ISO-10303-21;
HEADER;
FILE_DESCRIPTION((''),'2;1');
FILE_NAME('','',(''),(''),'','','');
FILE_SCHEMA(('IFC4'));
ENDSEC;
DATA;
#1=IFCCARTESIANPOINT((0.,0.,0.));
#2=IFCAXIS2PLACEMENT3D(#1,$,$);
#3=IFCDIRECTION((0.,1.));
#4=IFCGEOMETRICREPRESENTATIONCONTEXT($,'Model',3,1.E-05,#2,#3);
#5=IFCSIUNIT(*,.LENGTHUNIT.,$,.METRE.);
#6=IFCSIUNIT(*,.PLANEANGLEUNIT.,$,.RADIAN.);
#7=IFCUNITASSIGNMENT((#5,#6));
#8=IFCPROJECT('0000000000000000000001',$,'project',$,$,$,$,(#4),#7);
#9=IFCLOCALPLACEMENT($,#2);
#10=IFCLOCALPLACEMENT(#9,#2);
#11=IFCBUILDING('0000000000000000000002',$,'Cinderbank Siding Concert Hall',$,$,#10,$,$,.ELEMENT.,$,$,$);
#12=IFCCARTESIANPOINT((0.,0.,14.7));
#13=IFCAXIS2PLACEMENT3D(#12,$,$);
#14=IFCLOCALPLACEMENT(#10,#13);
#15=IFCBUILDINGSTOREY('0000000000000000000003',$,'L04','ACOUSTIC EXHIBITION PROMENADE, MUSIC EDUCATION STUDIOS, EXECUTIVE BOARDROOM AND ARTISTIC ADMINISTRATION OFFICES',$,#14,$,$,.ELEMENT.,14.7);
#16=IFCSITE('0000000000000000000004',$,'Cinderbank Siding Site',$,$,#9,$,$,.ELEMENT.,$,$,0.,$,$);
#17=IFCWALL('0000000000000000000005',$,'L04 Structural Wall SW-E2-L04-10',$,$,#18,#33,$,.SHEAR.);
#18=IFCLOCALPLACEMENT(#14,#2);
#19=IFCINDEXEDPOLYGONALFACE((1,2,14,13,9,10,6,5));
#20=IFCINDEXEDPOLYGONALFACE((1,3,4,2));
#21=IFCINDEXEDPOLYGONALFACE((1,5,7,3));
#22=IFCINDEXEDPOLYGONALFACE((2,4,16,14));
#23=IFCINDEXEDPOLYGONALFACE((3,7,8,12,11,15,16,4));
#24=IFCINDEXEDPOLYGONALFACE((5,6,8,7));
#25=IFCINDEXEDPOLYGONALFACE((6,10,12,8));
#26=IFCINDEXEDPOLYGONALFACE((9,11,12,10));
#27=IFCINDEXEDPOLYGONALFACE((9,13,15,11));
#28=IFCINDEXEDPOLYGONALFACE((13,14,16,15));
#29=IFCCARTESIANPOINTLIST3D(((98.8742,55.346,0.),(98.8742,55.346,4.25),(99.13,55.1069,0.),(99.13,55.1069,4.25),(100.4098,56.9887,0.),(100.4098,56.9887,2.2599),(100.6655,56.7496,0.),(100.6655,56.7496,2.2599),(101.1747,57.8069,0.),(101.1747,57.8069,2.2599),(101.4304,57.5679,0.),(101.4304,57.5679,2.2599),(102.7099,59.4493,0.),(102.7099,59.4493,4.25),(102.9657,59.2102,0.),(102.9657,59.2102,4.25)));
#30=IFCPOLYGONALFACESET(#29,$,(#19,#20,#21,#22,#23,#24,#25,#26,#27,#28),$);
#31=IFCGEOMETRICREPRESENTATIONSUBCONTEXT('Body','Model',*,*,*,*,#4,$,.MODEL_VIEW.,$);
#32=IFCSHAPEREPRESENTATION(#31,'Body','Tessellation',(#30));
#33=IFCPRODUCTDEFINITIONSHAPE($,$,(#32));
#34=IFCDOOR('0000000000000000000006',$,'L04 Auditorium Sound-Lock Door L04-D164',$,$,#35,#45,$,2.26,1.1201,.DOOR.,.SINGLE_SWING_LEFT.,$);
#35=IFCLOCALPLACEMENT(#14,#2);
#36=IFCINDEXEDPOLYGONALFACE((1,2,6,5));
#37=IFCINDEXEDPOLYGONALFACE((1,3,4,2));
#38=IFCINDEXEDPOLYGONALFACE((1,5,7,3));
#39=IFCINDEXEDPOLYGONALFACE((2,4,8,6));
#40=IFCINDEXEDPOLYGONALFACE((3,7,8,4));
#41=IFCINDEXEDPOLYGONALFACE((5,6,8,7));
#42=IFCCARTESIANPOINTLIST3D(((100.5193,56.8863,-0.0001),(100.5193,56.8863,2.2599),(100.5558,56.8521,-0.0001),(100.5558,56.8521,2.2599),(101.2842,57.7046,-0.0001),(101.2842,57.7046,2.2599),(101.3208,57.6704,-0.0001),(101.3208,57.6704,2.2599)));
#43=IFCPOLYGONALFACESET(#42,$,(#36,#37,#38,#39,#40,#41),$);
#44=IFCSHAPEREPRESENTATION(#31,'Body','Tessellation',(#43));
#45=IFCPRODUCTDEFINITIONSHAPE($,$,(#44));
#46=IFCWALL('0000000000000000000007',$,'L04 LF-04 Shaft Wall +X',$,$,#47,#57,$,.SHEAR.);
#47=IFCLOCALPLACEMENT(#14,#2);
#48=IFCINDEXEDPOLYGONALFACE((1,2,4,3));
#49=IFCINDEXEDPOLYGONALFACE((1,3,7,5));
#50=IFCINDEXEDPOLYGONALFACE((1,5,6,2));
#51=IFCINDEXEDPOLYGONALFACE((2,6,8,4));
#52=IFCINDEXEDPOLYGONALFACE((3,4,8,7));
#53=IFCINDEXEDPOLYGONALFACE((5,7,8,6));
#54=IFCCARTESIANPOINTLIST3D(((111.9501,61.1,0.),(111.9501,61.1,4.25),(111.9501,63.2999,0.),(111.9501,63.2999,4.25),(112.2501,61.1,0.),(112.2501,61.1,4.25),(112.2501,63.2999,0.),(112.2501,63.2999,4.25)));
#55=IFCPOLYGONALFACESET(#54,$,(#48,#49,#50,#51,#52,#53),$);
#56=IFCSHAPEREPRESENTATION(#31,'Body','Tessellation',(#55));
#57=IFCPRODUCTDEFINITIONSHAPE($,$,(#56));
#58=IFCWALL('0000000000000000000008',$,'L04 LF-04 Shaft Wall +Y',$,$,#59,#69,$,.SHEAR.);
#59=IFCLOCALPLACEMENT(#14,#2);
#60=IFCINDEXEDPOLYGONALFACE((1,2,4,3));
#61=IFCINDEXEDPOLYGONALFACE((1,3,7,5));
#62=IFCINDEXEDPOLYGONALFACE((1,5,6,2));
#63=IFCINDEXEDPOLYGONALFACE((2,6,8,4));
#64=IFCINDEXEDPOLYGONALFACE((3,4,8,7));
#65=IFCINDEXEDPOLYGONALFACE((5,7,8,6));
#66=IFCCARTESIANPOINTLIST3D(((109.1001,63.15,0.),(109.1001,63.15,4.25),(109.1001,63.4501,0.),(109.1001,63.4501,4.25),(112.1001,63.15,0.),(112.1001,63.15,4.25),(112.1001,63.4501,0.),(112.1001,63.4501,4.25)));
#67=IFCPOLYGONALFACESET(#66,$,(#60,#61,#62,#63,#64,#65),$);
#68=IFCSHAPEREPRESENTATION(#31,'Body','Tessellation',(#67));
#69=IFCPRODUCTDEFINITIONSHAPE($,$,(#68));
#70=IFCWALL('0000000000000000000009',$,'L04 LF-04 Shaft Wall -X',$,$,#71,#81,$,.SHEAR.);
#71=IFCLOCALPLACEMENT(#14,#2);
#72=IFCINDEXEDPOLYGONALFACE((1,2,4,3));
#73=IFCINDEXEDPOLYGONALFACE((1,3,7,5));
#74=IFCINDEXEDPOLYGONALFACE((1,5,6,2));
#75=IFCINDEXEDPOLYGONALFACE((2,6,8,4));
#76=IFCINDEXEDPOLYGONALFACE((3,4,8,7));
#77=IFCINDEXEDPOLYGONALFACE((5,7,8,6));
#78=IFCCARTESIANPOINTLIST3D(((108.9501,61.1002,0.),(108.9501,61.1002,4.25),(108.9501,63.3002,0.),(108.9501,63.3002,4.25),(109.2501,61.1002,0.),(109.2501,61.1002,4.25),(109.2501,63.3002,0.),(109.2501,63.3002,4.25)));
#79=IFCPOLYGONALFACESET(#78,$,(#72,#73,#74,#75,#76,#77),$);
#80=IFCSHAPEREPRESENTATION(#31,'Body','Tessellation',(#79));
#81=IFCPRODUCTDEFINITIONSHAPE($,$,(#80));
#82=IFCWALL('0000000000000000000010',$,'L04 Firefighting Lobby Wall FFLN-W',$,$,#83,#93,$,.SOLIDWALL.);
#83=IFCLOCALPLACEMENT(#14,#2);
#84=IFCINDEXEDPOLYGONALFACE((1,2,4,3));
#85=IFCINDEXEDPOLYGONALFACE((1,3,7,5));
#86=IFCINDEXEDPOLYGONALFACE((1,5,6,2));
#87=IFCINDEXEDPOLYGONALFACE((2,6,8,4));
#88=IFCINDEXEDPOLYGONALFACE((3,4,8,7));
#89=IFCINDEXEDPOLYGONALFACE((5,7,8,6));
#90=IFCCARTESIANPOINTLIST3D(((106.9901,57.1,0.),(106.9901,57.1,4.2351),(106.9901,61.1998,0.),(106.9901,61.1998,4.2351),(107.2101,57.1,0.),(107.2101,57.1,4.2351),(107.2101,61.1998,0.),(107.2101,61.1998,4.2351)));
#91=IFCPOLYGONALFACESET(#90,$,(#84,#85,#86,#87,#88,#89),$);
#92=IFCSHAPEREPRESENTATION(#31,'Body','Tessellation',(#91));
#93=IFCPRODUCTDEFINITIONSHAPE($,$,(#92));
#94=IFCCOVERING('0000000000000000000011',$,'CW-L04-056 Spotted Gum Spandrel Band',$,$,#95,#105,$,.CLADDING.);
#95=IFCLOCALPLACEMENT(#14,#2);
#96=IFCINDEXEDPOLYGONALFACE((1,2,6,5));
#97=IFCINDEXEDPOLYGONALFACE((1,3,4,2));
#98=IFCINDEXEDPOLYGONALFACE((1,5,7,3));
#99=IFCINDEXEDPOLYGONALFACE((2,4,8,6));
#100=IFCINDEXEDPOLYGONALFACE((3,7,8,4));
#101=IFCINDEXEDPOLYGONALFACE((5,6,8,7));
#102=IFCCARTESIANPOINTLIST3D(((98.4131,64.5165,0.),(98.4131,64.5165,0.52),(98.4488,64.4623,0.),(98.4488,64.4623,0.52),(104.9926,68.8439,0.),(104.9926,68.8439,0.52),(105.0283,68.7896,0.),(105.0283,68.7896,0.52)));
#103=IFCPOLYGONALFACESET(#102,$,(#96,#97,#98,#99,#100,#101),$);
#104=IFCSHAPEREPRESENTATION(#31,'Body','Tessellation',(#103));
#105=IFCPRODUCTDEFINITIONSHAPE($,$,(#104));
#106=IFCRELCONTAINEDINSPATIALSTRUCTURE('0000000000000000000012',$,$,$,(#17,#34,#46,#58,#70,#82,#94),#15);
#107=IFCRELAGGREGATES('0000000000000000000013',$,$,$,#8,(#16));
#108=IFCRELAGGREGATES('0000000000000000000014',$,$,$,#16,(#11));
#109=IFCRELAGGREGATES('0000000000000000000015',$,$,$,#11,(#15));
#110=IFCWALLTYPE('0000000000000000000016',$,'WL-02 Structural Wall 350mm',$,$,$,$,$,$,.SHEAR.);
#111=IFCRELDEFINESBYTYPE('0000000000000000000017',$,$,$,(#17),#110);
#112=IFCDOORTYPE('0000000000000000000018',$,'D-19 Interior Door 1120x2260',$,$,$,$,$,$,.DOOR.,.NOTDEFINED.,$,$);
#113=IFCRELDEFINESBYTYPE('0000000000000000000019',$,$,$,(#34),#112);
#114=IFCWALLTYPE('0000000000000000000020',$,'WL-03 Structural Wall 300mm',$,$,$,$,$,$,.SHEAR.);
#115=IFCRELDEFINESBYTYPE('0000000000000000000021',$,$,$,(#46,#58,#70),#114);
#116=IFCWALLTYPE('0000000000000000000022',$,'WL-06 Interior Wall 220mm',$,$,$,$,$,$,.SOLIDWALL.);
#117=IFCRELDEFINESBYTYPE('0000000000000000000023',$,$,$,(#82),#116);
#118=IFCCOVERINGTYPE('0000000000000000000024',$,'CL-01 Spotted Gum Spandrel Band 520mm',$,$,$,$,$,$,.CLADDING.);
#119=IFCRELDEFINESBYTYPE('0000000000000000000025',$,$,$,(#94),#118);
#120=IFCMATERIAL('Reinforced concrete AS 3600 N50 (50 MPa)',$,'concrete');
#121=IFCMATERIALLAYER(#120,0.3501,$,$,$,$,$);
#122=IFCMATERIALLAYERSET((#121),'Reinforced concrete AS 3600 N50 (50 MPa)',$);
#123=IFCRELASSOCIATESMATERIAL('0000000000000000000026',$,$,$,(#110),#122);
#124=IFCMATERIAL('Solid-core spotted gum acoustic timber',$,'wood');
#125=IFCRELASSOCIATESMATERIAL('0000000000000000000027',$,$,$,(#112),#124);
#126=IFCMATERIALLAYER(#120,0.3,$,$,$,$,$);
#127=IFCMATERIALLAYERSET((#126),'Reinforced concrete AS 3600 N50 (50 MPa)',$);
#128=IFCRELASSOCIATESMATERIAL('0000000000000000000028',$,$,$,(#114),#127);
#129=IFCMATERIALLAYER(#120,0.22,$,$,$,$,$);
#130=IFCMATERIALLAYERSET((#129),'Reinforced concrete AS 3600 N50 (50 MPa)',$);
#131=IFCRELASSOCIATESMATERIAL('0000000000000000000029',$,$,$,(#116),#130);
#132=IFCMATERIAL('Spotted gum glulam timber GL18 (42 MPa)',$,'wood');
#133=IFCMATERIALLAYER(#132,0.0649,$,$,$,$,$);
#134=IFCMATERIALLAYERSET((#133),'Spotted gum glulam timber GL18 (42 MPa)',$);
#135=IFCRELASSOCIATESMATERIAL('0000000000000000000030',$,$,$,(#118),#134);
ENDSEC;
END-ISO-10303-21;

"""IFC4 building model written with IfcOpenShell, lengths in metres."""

from ifc_helpers import new_model, si_unit, direction, frame, frame_2d, origin, origin_2d, place, context, subcontext, project, spatial, rectangle, extrude, material, layer, layer_set, type_object, element, fill, save


model = new_model("IFC4")

# Units and contexts
model_context = context("Model", 3, precision=1e-05, world=origin(), true_north=direction((0.0, 1.0)))
body_context = subcontext(model_context, "Body", "Model", "MODEL_VIEW")
ifc_project = project(units=[si_unit("LENGTHUNIT", "METRE"), si_unit("PLANEANGLEUNIT", "RADIAN")], contexts=[model_context])

# Site, building, storey
site_placement = place(None, origin())
site = spatial("IfcSite", under=ifc_project, at=site_placement, Name="Cinderbank Siding Site", CompositionType="ELEMENT", RefElevation=0.0)
building_placement = place(site_placement, origin())
building = spatial("IfcBuilding", under=site, at=building_placement, Name="Cinderbank Siding Concert Hall", CompositionType="ELEMENT")
storey_placement = place(building_placement, frame((0.0, 0.0, 14.7)))
storey = spatial("IfcBuildingStorey", under=building, at=storey_placement, Name="L04", Description="ACOUSTIC EXHIBITION PROMENADE, MUSIC EDUCATION STUDIOS, EXECUTIVE BOARDROOM AND ARTISTIC ADMINISTRATION OFFICES", CompositionType="ELEMENT", Elevation=14.7)

# Shared definitions
ifc_material_1 = material(Name="Reinforced concrete AS 3600 N50 (50 MPa)", Category="concrete")

# Wall, opening, door
ifc_material_2 = material(Name="Solid-core spotted gum acoustic timber", Category="wood")
ifc_layer_1 = layer(ifc_material_1, 0.3501)
ifc_layer_set_1 = layer_set([ifc_layer_1], Name="Reinforced concrete AS 3600 N50 (50 MPa)")
wall_type_1 = type_object("IfcWallType", Name="WL-02 Structural Wall 350mm", PredefinedType="SHEAR", material=ifc_layer_set_1)
door_type_1 = type_object("IfcDoorType", Name="D-19 Interior Door 1120x2260", OperationType="NOTDEFINED", PredefinedType="DOOR", material=ifc_material_2)
wall_1_placement = place(storey_placement, frame((102.8379, 59.3298, 0.0), z_axis=(0.0, 0.0, 1.0), x_axis=(-0.682886, -0.730525, 0.0)))
wall_1 = element("IfcWall", 1, at=wall_1_placement, inside=storey, type_object=wall_type_1, Name="L04 Structural Wall SW-E2-L04-10", PredefinedType="SHEAR", context=body_context, shape_type="SweptSolid", body=[
    extrude(rectangle(XDim=5.6169, YDim=0.3501, at=frame_2d((2.8086, 0.0))), origin(), (0.0, 0.0, 1.0), 4.25),
])
opening_1_placement = place(wall_1_placement, frame((2.2483, 0.0, 0.0)))
opening_1 = element("IfcOpeningElement", 2, at=opening_1_placement, cuts=wall_1, PredefinedType="OPENING", context=body_context, shape_type="SweptSolid", body=[
    extrude(rectangle(XDim=1.1201, YDim=2.26, at=frame_2d((0.5601, 1.1299))), frame((0.0, 0.187, 0.0), z_axis=(0.0, -1.0, 0.0), x_axis=(1.0, 0.0, 0.0)), (0.0, 0.0, 1.0), 0.374),
])
door_1_placement = place(opening_1_placement, origin())
door_1 = element("IfcDoor", 3, at=door_1_placement, inside=storey, type_object=door_type_1, Name="L04 Auditorium Sound-Lock Door L04-D164", OperationType="SINGLE_SWING_LEFT", OverallHeight=2.26, OverallWidth=1.1201, PredefinedType="DOOR", context=body_context, shape_type="SweptSolid", body=[
    extrude(rectangle(XDim=1.1201, YDim=2.26, at=frame_2d((0.5601, 1.1299))), frame((0.0, 0.0249, 0.0), z_axis=(0.0, -1.0, 0.0), x_axis=(1.0, 0.0, 0.0)), (0.0, 0.0, 1.0), 0.05),
])
fill(opening_1, door_1)
ifc_layer_2 = layer(ifc_material_1, 0.3)
ifc_layer_set_2 = layer_set([ifc_layer_2], Name="Reinforced concrete AS 3600 N50 (50 MPa)")
wall_type_2 = type_object("IfcWallType", Name="WL-03 Structural Wall 300mm", PredefinedType="SHEAR", material=ifc_layer_set_2)

# Walls
wall_2_placement = place(storey_placement, frame((112.1001, 63.3, 0.0), z_axis=(0.0, 0.0, 1.0), x_axis=(0.0, -1.0, 0.0)))
element("IfcWall", 4, at=wall_2_placement, inside=storey, type_object=wall_type_2, Name="L04 LF-04 Shaft Wall +X", PredefinedType="SHEAR", context=body_context, shape_type="SweptSolid", body=[
    extrude(rectangle(XDim=2.2, YDim=0.3, at=frame_2d((1.1001, 0.0))), origin(), (0.0, 0.0, 1.0), 4.25),
])
wall_3_placement = place(storey_placement, frame((109.1001, 63.3, 0.0), z_axis=(0.0, 0.0, 1.0), x_axis=(1.0, 0.0, 0.0)))
element("IfcWall", 5, at=wall_3_placement, inside=storey, type_object=wall_type_2, Name="L04 LF-04 Shaft Wall +Y", PredefinedType="SHEAR", context=body_context, shape_type="SweptSolid", body=[
    extrude(rectangle(XDim=3.0, YDim=0.3, at=frame_2d((1.5, 0.0))), origin(), (0.0, 0.0, 1.0), 4.25),
])
wall_4_placement = place(storey_placement, frame((109.1001, 61.1001, 0.0), z_axis=(0.0, 0.0, 1.0), x_axis=(0.0, 1.0, 0.0)))
element("IfcWall", 6, at=wall_4_placement, inside=storey, type_object=wall_type_2, Name="L04 LF-04 Shaft Wall -X", PredefinedType="SHEAR", context=body_context, shape_type="SweptSolid", body=[
    extrude(rectangle(XDim=2.2, YDim=0.3, at=frame_2d((1.1001, 0.0))), origin(), (0.0, 0.0, 1.0), 4.25),
])
ifc_layer_3 = layer(ifc_material_1, 0.22)
ifc_layer_set_3 = layer_set([ifc_layer_3], Name="Reinforced concrete AS 3600 N50 (50 MPa)")
wall_type_3 = type_object("IfcWallType", Name="WL-06 Interior Wall 220mm", PredefinedType="SOLIDWALL", material=ifc_layer_set_3)
wall_5_placement = place(storey_placement, frame((107.1001, 57.1001, 0.0), z_axis=(0.0, 0.0, 1.0), x_axis=(0.0, 1.0, 0.0)))
element("IfcWall", 7, at=wall_5_placement, inside=storey, type_object=wall_type_3, Name="L04 Firefighting Lobby Wall FFLN-W", PredefinedType="SOLIDWALL", context=body_context, shape_type="SweptSolid", body=[
    extrude(rectangle(XDim=4.0999, YDim=0.22, at=frame_2d((2.0498, 0.0))), origin(), (0.0, 0.0, 1.0), 4.2351),
])

# Covering
ifc_material_3 = material(Name="Spotted gum glulam timber GL18 (42 MPa)", Category="wood")
ifc_layer_4 = layer(ifc_material_3, 0.0649)
ifc_layer_set_4 = layer_set([ifc_layer_4], Name="Spotted gum glulam timber GL18 (42 MPa)")
covering_type = type_object("IfcCoveringType", Name="CL-01 Spotted Gum Spandrel Band 520mm", PredefinedType="CLADDING", material=ifc_layer_set_4)
covering_placement = place(storey_placement, frame((101.7207, 66.6531, 0.0), z_axis=(0.0, 0.0, 1.0), x_axis=(-0.835492, -0.549503, 0.0)))
element("IfcCovering", 8, at=covering_placement, inside=storey, type_object=covering_type, Name="CW-L04-056 Spotted Gum Spandrel Band", PredefinedType="CLADDING", context=body_context, shape_type="SweptSolid", body=[
    extrude(rectangle(XDim=7.875, YDim=0.0649, at=origin_2d()), origin(), (0.0, 0.0, 1.0), 0.52),
])

save(model, "model.ifc")
